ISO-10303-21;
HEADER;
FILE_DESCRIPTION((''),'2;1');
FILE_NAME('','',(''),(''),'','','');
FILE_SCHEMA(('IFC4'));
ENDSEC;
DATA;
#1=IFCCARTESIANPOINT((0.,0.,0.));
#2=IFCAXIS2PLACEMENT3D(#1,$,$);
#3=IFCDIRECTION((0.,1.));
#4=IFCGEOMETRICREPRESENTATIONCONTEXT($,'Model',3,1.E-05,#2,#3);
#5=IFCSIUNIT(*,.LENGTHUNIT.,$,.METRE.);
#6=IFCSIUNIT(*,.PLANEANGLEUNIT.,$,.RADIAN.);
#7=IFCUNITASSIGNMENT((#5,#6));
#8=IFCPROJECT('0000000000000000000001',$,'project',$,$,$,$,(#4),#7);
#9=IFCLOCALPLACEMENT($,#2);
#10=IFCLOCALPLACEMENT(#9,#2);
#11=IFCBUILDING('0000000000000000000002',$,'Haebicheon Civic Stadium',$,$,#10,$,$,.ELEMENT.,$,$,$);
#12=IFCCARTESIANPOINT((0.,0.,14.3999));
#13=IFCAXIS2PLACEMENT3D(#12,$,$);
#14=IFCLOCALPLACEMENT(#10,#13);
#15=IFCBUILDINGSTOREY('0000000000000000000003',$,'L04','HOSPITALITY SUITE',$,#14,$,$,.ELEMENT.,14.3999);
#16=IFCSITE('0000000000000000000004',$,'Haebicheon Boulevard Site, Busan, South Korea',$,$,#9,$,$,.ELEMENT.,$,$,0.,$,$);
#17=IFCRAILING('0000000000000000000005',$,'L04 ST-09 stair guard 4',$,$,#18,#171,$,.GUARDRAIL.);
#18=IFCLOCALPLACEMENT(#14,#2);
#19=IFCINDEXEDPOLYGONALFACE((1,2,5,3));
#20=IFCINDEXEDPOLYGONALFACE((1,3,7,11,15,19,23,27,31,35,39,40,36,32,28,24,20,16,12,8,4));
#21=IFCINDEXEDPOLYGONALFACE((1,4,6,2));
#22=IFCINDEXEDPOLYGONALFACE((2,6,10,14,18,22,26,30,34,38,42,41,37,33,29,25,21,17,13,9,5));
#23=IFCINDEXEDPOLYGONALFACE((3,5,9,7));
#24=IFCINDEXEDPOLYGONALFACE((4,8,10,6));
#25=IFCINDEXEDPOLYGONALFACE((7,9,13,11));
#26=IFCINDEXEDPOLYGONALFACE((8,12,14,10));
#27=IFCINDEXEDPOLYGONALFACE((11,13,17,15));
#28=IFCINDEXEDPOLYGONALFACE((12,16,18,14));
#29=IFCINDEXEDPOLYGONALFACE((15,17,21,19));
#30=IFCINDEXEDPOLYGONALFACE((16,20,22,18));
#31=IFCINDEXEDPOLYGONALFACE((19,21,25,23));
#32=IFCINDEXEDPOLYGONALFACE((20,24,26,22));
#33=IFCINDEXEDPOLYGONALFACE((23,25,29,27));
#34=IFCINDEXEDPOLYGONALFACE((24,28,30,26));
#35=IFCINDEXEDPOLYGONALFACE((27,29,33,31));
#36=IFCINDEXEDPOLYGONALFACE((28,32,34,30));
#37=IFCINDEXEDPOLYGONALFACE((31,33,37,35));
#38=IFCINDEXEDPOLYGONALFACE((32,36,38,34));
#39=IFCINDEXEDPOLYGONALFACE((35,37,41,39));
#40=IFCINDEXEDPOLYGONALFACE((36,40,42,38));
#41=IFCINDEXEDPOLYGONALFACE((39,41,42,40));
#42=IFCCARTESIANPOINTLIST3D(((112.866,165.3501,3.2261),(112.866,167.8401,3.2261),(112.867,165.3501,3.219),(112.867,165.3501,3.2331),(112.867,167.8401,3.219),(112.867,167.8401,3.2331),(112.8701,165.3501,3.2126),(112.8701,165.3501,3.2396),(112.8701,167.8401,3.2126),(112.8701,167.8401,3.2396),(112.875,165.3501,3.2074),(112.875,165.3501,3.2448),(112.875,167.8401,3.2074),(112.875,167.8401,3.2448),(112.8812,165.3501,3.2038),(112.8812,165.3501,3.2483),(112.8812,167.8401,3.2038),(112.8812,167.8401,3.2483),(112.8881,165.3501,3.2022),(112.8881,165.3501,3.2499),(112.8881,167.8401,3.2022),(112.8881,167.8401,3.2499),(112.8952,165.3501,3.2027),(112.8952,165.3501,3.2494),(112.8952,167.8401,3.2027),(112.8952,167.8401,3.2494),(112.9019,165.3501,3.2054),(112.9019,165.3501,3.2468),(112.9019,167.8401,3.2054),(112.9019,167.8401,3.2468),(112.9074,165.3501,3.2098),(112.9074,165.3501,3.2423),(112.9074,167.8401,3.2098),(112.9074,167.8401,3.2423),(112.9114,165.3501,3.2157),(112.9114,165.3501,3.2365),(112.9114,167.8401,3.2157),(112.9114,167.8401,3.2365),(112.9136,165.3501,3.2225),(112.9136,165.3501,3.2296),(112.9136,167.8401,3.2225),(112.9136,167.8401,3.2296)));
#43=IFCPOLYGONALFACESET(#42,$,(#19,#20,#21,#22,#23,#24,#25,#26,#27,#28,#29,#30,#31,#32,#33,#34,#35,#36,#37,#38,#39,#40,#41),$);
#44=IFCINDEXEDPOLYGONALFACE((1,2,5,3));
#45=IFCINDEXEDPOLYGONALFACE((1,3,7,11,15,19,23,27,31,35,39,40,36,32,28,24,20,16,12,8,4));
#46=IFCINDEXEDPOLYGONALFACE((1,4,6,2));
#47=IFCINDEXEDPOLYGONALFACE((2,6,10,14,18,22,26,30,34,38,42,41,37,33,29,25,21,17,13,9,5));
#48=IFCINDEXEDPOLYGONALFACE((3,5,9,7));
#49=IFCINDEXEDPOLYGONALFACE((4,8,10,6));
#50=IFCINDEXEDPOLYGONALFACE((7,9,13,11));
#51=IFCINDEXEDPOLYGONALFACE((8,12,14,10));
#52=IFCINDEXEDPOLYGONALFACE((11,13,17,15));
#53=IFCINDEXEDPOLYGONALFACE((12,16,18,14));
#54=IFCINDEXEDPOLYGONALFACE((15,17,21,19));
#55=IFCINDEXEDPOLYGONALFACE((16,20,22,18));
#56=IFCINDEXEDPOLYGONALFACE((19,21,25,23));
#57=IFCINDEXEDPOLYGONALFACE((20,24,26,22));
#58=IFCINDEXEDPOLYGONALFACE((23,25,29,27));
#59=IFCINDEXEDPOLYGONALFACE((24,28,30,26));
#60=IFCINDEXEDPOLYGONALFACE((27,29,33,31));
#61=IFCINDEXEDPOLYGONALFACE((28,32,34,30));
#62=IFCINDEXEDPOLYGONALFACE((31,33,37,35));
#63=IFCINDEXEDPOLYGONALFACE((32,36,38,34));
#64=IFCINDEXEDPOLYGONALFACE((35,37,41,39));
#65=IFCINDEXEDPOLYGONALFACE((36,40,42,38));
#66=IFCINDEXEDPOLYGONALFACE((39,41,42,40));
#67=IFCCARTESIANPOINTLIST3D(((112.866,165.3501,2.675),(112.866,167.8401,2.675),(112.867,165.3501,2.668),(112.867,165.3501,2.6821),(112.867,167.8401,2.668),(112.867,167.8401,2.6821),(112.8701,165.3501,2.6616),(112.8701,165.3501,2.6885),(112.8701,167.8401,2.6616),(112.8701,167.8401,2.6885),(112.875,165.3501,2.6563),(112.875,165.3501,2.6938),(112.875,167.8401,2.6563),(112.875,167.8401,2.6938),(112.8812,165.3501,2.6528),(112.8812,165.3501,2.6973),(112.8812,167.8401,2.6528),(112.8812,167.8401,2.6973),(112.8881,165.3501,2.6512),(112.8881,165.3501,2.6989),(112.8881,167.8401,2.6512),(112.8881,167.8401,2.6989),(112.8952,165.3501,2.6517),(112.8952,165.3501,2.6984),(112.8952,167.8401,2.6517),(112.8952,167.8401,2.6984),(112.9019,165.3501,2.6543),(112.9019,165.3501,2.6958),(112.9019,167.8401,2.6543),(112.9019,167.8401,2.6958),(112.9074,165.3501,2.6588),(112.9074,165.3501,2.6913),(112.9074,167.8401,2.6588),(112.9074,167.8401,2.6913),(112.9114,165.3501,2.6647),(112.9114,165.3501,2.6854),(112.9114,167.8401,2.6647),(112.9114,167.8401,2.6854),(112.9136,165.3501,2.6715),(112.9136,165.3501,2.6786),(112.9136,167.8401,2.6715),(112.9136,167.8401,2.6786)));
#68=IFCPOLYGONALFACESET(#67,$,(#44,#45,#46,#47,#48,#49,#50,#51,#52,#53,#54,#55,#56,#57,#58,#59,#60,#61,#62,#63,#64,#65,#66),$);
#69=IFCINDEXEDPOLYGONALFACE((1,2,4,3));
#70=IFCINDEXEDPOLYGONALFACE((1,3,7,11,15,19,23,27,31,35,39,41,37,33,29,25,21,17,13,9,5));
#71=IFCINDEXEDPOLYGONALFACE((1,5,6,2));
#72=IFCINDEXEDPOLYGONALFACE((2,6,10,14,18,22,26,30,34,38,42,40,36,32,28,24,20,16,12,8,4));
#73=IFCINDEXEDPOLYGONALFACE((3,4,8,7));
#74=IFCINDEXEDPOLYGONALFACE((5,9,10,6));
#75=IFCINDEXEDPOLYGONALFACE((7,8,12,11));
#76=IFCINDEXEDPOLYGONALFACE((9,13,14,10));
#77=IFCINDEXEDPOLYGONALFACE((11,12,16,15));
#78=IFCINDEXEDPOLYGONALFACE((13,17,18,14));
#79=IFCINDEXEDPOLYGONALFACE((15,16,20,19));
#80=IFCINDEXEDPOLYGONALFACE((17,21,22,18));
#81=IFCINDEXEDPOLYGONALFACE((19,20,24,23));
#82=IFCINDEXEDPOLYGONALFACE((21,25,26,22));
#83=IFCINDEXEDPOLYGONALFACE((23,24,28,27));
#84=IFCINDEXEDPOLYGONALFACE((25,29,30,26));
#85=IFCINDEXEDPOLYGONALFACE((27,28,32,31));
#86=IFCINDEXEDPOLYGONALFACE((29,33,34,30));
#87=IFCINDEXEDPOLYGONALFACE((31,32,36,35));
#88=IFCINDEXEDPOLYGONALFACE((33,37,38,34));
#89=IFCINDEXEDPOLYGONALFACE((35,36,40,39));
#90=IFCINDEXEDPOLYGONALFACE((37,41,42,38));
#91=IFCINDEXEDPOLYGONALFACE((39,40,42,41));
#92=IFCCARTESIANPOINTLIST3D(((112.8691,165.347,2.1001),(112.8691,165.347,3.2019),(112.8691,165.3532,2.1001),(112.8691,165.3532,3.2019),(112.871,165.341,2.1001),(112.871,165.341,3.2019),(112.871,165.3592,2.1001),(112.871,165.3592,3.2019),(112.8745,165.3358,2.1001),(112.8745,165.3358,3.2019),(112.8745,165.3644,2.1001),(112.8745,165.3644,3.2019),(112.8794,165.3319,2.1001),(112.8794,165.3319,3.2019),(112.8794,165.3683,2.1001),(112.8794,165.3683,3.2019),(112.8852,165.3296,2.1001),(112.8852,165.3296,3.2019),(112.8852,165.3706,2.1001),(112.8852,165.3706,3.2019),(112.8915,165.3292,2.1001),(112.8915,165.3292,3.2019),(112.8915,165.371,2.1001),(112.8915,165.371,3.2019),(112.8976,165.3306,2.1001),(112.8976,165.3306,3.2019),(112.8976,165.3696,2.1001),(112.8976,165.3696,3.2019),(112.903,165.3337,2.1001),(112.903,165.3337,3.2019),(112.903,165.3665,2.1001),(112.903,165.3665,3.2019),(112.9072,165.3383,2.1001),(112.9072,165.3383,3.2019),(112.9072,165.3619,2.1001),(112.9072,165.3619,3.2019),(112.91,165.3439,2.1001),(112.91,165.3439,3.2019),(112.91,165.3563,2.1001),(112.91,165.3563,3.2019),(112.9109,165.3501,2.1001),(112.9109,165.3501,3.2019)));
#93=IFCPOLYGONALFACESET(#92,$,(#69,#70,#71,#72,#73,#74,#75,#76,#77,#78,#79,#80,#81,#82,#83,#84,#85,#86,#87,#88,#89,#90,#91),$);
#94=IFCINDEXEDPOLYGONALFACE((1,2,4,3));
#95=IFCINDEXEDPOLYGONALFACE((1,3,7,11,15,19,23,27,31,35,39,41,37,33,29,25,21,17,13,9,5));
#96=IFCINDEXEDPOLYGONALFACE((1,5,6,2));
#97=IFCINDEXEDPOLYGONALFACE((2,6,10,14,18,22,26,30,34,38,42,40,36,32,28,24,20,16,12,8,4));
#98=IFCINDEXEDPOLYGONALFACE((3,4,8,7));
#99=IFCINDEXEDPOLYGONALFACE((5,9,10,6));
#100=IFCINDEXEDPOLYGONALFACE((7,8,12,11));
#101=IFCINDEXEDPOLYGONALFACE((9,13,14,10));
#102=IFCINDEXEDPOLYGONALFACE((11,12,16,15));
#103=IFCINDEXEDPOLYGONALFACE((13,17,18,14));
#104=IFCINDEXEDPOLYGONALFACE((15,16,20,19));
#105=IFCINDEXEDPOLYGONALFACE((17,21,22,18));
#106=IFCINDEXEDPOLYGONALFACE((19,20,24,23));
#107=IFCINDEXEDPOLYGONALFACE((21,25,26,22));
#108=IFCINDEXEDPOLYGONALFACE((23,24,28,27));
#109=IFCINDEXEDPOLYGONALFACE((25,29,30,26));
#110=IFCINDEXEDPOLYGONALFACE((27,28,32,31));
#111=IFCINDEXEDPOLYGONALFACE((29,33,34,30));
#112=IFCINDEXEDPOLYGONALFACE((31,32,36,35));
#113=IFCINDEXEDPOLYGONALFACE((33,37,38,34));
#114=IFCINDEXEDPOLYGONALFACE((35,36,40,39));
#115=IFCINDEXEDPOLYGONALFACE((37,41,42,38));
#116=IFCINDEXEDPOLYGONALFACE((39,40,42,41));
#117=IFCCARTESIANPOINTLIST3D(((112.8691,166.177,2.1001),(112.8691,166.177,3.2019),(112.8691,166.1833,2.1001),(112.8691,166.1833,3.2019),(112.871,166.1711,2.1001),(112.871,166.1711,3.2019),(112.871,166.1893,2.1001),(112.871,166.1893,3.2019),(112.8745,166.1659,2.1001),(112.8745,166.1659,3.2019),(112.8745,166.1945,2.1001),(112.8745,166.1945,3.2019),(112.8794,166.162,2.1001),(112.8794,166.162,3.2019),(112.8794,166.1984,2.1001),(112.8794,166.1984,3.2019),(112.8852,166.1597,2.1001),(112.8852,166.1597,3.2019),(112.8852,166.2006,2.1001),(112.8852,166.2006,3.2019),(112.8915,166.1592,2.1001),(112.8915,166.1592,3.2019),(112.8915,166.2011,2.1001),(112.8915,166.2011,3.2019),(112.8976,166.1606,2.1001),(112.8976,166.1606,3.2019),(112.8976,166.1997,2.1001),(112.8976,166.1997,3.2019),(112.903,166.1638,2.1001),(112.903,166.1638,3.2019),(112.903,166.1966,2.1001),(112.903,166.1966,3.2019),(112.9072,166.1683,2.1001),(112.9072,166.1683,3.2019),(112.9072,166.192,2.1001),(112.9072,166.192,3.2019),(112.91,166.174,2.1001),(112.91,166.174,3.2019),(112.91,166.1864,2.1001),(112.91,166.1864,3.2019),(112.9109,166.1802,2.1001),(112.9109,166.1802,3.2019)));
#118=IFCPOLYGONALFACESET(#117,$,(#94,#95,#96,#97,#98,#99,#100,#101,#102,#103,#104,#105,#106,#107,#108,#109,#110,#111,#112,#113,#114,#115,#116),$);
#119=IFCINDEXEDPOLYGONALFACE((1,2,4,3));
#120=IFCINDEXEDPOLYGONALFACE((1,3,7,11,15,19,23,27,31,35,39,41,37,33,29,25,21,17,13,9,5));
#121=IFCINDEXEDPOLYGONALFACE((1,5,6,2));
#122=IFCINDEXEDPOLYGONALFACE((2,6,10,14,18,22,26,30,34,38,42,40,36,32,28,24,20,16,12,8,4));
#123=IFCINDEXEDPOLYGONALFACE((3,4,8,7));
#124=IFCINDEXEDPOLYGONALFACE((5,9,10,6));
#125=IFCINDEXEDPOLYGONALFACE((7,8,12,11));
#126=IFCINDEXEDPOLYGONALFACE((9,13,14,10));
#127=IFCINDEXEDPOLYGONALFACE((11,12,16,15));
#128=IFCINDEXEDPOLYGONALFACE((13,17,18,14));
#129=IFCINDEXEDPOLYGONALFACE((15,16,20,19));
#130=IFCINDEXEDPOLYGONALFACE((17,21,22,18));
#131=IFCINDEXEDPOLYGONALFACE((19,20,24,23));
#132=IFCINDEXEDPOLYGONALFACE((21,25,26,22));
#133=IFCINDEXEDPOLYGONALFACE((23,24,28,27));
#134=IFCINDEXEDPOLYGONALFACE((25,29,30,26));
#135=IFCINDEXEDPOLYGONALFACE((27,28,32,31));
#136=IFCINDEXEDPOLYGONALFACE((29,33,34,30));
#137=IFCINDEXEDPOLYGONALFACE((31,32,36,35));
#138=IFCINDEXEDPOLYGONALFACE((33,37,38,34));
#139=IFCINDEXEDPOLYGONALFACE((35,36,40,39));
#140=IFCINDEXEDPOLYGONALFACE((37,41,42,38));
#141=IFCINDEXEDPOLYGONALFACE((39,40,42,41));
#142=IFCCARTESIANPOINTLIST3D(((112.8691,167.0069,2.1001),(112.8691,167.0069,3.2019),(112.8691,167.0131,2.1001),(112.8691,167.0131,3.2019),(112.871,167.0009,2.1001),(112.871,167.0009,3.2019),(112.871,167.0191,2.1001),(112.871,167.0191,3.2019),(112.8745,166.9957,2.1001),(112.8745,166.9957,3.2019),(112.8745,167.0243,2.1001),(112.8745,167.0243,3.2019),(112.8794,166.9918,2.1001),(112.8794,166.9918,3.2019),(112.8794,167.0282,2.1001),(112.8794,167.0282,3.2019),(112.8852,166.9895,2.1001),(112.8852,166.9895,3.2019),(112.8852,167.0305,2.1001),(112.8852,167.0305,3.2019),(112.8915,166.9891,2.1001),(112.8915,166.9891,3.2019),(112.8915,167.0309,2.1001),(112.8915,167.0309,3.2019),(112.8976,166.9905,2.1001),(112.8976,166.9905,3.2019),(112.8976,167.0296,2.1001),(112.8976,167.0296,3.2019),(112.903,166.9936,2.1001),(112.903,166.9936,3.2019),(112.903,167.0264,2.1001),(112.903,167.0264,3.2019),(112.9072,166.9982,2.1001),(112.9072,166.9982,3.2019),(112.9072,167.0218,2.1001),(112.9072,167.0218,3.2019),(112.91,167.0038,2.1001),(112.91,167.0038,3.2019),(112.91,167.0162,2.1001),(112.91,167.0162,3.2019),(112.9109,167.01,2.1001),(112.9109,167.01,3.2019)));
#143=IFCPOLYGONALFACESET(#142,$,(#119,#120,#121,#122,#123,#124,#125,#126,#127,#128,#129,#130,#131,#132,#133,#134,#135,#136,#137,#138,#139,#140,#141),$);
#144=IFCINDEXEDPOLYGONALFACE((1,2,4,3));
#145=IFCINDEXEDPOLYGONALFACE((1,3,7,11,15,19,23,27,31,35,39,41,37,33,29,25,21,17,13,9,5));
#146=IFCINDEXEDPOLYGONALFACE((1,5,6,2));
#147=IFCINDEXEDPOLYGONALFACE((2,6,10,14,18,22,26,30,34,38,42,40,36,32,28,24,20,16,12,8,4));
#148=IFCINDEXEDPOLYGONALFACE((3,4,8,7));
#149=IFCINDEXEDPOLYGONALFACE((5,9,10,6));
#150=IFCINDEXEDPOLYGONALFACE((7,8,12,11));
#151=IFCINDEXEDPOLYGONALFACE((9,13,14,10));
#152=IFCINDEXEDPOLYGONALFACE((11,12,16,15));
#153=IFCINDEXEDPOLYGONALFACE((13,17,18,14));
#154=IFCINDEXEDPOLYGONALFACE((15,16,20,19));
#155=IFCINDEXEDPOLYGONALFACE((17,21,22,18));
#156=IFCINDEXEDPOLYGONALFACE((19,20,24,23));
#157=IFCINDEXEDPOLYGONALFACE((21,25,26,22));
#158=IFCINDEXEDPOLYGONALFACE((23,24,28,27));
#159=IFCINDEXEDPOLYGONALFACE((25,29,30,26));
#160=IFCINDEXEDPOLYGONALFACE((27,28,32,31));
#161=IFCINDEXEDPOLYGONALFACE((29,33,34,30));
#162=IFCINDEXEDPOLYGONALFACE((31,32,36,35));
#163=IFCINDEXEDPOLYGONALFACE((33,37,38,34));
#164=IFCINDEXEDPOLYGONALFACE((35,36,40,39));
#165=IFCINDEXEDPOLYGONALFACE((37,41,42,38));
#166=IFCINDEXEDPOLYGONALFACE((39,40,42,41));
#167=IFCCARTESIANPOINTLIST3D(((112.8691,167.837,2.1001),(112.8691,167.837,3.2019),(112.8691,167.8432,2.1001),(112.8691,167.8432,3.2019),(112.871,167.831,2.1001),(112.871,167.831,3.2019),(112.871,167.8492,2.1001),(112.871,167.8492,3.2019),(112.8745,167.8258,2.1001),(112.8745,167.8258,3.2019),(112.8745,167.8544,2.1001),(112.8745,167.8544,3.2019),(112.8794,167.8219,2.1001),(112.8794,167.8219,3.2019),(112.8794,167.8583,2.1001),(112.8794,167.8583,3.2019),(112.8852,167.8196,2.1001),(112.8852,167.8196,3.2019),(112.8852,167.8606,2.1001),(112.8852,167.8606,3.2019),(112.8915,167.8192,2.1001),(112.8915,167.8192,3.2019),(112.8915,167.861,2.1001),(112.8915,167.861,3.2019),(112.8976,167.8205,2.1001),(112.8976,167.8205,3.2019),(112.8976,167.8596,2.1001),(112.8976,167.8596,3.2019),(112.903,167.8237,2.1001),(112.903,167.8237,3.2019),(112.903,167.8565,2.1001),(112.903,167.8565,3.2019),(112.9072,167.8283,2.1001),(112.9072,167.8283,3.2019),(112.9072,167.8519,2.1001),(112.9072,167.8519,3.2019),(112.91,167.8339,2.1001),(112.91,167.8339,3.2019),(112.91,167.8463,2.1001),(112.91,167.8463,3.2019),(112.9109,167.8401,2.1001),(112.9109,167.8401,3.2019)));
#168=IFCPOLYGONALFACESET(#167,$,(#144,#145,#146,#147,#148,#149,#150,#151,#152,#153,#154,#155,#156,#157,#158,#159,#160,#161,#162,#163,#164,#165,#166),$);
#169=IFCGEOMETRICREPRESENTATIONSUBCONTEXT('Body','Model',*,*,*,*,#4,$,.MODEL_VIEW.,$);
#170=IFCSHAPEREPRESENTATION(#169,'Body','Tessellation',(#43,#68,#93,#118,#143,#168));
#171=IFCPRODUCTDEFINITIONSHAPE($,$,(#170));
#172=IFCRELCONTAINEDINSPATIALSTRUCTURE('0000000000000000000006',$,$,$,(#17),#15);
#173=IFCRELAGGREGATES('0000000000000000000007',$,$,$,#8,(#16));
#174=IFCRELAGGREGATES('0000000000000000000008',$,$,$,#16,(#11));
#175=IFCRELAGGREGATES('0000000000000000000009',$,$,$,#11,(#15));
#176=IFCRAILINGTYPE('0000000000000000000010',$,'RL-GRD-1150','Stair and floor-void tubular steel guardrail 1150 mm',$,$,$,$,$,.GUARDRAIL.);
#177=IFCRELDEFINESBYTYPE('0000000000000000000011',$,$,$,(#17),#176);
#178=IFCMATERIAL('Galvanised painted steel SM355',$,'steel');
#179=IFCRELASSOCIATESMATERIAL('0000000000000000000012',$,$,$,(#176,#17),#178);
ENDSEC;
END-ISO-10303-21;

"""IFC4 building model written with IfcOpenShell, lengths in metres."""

from ifc_helpers import new_model, si_unit, direction, frame, origin, origin_2d, place, context, subcontext, project, spatial, circle, extrude, material, type_object, element, save


model = new_model("IFC4")

# Units and contexts
model_context = context("Model", 3, precision=1e-05, world=origin(), true_north=direction((0.0, 1.0)))
body_context = subcontext(model_context, "Body", "Model", "MODEL_VIEW")
ifc_project = project(units=[si_unit("LENGTHUNIT", "METRE"), si_unit("PLANEANGLEUNIT", "RADIAN")], contexts=[model_context])

# Site, building, storey
site_placement = place(None, origin())
site = spatial("IfcSite", under=ifc_project, at=site_placement, Name="Haebicheon Boulevard Site, Busan, South Korea", CompositionType="ELEMENT", RefElevation=0.0)
building_placement = place(site_placement, origin())
building = spatial("IfcBuilding", under=site, at=building_placement, Name="Haebicheon Civic Stadium", CompositionType="ELEMENT")
storey_placement = place(building_placement, frame((0.0, 0.0, 14.3999)))
storey = spatial("IfcBuildingStorey", under=building, at=storey_placement, Name="L04", Description="HOSPITALITY SUITE", CompositionType="ELEMENT", Elevation=14.3999)

# Railing
ifc_material_1 = material(Name="Galvanised painted steel SM355", Category="steel")
railing_type_1 = type_object("IfcRailingType", Name="RL-GRD-1150", Description="Stair and floor-void tubular steel guardrail 1150 mm", PredefinedType="GUARDRAIL", material=ifc_material_1)
for number, where, name in (
    (1, (112.8899, 165.3501, 2.1001), "L04 ST-09 stair guard 4"),
):
    element("IfcRailing", number, at=place(storey_placement, frame(where)), inside=storey, type_object=railing_type_1, material=ifc_material_1, Name=name, PredefinedType="GUARDRAIL", context=body_context, shape_type="SweptSolid", body=[
        extrude(circle(Radius=0.0239, at=origin_2d()), frame((0.0, 0.0, 1.126), z_axis=(0.0, 1.0, 0.0), x_axis=(-1.0, 0.0, 0.0)), (0.0, 0.0, 1.0), 2.49),
        extrude(circle(Radius=0.0239, at=origin_2d()), frame((0.0, 0.0, 0.575), z_axis=(0.0, 1.0, 0.0), x_axis=(-1.0, 0.0, 0.0)), (0.0, 0.0, 1.0), 2.49),
        extrude(circle(Radius=0.021, at=origin_2d()), origin(), (0.0, 0.0, 1.0), 1.1018),
        extrude(circle(Radius=0.021, at=origin_2d()), frame((0.0, 0.8301, 0.0)), (0.0, 0.0, 1.0), 1.1018),
        extrude(circle(Radius=0.021, at=origin_2d()), frame((0.0, 1.6599, 0.0)), (0.0, 0.0, 1.0), 1.1018),
        extrude(circle(Radius=0.021, at=origin_2d()), frame((0.0, 2.49, 0.0)), (0.0, 0.0, 1.0), 1.1018),
    ])

save(model, "model.ifc")
